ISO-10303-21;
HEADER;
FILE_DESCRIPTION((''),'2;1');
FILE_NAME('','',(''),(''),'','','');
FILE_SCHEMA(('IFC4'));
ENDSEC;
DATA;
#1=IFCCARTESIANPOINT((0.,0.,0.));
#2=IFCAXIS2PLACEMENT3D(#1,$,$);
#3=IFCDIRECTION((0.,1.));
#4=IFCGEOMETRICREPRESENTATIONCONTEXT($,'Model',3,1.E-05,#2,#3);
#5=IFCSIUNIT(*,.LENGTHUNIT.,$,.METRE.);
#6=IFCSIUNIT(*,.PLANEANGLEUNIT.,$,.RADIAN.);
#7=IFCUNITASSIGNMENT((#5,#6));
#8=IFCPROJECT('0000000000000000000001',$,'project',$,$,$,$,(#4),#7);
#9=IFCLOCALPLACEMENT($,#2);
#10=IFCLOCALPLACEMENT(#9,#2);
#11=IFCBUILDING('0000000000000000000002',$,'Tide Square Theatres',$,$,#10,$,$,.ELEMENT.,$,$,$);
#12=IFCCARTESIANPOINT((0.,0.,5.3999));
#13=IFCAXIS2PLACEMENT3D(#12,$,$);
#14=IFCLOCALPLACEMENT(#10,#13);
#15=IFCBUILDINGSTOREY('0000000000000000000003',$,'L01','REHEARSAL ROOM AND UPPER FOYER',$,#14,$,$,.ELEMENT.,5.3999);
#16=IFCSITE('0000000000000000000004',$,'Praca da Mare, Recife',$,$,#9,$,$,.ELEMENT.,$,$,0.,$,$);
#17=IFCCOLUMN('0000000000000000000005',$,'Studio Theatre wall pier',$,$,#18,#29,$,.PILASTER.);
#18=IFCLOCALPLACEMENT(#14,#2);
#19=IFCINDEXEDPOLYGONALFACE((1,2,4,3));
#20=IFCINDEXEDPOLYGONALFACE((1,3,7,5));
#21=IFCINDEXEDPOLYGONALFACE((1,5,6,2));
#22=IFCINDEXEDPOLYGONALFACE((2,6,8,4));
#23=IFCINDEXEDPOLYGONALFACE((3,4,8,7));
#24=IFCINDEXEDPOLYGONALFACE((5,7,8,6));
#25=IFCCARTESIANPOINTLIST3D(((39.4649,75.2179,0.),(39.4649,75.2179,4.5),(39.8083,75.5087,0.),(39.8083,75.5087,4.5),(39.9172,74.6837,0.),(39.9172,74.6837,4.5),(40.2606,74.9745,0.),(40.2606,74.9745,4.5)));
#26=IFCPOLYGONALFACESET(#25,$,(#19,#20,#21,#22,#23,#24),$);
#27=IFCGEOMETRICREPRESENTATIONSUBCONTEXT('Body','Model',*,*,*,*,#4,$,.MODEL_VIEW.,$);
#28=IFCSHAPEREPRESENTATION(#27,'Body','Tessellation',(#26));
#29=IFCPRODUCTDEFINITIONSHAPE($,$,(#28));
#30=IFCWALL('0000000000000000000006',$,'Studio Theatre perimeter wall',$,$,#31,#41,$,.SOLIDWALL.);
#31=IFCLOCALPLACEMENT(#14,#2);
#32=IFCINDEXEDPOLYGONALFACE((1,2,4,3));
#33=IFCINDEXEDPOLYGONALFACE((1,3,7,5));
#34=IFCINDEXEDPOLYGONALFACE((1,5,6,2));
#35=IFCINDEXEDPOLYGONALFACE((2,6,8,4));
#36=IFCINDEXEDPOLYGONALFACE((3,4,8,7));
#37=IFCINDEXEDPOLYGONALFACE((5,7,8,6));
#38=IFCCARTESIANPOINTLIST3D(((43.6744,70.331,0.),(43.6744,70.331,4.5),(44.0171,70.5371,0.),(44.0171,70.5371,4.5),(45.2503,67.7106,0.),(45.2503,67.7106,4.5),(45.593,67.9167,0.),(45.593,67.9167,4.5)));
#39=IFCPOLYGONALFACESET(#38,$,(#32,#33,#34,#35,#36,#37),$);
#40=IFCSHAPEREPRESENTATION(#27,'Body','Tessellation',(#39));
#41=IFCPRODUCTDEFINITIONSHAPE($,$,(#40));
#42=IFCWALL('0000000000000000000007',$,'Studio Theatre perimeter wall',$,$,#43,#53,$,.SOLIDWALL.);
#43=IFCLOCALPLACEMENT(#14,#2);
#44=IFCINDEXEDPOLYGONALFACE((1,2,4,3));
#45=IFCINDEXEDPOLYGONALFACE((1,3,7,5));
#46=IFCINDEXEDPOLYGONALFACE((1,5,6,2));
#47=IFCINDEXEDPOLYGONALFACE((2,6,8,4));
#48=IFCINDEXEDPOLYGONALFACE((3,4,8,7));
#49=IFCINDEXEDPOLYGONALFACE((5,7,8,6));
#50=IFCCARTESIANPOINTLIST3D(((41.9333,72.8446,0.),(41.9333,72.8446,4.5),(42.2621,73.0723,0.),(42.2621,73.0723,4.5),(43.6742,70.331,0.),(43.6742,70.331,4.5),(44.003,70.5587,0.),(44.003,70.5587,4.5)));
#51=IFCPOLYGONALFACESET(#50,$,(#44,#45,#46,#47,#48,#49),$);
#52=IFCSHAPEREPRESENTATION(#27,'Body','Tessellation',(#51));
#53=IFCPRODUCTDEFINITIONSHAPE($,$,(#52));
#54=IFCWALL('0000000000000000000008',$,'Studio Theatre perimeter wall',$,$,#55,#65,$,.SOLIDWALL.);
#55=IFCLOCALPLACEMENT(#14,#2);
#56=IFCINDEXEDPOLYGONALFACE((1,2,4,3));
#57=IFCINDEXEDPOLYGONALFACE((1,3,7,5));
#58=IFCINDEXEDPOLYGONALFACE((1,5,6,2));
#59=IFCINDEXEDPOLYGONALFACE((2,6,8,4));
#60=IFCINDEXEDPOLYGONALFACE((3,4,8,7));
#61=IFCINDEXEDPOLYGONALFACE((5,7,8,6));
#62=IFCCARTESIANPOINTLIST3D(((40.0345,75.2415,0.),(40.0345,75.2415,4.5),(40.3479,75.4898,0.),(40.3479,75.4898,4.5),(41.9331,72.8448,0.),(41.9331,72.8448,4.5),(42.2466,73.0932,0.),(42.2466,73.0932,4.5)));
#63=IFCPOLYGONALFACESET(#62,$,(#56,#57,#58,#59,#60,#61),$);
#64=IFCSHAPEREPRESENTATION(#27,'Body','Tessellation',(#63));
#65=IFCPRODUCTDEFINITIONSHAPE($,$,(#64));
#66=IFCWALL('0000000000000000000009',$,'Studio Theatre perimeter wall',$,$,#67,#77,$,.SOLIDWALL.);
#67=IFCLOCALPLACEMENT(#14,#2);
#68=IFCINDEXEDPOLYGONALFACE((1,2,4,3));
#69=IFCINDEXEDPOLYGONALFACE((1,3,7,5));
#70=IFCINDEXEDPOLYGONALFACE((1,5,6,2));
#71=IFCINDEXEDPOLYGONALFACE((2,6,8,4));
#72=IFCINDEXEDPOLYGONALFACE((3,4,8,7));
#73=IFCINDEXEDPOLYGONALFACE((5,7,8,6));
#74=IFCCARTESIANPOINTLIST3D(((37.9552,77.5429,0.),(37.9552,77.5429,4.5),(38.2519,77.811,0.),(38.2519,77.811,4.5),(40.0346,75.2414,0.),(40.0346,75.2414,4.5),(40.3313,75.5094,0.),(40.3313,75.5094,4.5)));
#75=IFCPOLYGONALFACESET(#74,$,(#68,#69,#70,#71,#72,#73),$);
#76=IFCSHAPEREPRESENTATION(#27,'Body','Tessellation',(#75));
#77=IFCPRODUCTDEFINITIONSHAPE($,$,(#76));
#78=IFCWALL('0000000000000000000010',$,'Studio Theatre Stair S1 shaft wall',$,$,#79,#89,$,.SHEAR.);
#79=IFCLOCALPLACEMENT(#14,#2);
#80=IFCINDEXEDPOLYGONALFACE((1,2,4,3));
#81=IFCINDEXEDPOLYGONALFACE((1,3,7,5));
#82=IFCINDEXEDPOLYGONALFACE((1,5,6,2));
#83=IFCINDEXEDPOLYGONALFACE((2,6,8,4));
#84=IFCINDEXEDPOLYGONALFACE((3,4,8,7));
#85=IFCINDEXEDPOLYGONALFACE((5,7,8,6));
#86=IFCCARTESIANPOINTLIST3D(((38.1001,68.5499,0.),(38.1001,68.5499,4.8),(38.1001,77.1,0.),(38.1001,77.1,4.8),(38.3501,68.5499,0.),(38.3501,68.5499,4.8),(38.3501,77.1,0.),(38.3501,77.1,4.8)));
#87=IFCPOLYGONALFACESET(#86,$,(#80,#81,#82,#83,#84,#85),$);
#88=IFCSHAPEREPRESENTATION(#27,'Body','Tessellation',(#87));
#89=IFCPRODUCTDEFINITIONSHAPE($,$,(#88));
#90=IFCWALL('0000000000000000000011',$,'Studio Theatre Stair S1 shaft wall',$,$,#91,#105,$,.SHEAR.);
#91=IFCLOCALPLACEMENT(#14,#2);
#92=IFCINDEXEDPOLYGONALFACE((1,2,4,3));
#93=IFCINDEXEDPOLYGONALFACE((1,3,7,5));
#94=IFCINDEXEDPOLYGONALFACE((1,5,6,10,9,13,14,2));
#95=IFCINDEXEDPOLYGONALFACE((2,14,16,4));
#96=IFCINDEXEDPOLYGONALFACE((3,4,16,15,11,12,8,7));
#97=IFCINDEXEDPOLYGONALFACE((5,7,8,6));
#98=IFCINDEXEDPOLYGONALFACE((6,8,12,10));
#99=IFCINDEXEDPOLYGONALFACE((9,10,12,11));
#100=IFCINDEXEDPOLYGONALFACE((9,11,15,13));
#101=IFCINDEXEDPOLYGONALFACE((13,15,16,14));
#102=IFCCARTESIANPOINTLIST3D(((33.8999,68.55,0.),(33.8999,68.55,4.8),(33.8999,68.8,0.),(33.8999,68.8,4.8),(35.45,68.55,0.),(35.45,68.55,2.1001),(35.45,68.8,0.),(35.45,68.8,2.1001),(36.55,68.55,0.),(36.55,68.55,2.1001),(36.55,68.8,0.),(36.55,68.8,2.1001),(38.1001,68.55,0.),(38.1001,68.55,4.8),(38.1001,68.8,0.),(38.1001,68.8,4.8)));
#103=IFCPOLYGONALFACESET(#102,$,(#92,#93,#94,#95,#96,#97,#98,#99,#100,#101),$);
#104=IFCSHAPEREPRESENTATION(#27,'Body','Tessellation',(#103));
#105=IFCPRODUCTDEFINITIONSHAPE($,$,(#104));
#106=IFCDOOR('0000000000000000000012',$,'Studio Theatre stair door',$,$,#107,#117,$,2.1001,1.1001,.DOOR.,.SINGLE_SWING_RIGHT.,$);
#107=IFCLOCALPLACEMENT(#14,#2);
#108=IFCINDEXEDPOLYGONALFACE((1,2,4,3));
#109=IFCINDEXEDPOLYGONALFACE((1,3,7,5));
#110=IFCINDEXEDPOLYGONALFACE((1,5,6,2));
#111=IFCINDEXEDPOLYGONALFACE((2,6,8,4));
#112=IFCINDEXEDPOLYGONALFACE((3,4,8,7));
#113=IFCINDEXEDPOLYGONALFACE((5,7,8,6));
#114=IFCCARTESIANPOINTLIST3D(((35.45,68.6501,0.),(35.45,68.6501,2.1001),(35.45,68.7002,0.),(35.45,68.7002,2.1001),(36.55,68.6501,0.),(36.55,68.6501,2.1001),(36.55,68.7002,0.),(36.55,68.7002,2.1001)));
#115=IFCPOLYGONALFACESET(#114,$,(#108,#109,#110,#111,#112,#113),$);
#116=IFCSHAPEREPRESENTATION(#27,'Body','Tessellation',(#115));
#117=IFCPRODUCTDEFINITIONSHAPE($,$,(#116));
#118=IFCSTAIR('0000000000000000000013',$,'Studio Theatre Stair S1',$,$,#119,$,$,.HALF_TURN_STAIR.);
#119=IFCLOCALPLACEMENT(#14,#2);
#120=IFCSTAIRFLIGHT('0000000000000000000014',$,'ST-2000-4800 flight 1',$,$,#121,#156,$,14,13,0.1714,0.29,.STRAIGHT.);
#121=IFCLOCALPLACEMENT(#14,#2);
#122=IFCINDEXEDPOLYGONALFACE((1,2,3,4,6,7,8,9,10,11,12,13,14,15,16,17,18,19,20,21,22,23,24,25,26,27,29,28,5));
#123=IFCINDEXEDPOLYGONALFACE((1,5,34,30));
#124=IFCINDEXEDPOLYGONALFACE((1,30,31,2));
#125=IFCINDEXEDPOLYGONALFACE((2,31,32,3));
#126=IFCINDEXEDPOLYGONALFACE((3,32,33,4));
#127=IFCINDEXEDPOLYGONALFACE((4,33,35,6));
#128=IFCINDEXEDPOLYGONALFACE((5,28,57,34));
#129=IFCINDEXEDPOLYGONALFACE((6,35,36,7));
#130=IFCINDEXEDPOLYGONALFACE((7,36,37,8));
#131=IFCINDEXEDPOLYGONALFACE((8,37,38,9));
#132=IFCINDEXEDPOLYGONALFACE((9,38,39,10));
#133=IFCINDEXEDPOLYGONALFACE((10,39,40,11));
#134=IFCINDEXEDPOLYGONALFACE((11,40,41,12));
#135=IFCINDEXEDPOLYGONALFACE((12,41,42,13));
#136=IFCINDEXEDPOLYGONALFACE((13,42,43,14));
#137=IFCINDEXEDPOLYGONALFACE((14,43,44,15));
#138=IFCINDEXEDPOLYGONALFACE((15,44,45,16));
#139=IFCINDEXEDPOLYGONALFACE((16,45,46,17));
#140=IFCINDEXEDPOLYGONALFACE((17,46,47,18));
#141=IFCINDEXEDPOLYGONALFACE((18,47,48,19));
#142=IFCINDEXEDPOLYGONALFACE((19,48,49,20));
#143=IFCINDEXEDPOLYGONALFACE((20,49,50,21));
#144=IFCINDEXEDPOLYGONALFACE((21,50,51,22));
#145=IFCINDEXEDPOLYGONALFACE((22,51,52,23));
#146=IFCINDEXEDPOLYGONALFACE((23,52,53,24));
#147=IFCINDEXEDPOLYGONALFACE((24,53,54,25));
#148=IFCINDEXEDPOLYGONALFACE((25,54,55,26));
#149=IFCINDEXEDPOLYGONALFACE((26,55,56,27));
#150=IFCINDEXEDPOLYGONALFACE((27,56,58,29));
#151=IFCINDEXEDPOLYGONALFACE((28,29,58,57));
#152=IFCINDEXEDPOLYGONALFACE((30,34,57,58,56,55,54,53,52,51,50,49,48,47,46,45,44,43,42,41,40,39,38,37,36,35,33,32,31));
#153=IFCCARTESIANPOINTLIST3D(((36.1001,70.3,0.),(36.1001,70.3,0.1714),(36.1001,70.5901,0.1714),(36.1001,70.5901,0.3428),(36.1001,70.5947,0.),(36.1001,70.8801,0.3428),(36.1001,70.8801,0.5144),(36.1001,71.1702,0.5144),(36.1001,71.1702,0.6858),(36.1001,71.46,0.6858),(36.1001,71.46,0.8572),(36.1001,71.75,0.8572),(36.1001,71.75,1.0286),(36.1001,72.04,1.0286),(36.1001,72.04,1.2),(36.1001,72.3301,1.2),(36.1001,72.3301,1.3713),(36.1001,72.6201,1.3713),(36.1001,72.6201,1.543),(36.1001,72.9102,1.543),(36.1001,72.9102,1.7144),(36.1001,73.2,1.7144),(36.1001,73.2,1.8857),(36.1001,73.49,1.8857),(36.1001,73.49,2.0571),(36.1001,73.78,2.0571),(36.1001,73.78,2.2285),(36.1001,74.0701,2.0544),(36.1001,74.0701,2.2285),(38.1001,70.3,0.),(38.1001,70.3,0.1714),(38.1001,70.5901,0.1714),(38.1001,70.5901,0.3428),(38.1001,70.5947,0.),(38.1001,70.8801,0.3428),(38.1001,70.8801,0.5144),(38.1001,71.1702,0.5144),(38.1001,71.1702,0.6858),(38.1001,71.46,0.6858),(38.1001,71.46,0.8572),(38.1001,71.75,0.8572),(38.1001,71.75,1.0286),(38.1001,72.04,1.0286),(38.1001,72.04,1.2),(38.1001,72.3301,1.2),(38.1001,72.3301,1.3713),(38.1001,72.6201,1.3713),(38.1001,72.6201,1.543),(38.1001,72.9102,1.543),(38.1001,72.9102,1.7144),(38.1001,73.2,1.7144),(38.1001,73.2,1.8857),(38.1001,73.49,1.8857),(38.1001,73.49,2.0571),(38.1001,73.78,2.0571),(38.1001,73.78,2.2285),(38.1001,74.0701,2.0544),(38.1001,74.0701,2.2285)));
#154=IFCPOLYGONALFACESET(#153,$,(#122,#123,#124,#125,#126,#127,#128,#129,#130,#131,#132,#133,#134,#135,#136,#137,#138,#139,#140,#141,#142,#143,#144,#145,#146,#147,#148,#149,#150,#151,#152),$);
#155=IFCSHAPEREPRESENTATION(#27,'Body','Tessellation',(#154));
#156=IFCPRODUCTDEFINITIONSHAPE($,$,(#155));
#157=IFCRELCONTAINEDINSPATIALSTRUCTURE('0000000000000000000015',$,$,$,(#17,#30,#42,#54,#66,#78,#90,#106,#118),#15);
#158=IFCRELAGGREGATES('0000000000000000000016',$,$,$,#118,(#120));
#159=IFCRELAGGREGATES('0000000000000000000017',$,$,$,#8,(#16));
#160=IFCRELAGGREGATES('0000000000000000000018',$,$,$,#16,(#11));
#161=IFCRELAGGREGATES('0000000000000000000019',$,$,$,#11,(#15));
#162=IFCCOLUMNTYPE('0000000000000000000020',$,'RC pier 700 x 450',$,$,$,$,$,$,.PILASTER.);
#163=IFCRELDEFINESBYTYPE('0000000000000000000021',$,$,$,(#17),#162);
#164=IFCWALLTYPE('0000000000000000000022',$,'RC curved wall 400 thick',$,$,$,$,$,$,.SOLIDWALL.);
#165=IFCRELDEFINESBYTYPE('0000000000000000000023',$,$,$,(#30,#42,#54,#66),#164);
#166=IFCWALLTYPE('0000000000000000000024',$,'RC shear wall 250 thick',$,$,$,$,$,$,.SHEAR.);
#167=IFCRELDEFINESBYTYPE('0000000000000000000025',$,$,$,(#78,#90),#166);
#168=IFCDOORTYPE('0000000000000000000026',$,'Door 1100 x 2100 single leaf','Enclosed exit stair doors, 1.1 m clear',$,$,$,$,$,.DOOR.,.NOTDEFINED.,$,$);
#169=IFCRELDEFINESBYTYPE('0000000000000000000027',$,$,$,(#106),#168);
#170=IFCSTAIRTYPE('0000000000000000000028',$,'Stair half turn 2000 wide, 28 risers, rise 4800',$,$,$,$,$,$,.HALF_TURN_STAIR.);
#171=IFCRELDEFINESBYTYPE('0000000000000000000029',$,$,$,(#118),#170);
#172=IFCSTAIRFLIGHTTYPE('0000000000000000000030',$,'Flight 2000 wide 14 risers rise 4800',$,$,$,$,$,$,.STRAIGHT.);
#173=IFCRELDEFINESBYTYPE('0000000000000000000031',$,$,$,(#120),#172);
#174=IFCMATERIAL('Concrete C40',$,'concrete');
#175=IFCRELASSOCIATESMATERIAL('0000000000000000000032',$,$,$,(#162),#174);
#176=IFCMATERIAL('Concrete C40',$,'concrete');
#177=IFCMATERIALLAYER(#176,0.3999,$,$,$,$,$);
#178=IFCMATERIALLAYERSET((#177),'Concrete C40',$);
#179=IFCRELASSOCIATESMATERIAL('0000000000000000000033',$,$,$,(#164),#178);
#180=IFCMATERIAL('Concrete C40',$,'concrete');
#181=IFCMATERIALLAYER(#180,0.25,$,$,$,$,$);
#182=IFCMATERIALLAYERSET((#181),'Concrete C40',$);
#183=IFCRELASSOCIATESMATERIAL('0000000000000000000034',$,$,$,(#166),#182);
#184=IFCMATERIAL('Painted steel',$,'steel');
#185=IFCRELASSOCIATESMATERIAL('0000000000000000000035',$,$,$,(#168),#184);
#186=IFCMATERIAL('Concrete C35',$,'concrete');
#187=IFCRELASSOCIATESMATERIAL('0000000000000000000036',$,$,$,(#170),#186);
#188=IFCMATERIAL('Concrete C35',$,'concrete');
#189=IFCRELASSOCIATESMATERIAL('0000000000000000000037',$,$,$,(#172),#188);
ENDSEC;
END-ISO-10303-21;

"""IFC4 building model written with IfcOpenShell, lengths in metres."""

from ifc_helpers import new_model, si_unit, direction, frame, frame_2d, origin, origin_2d, place, context, subcontext, project, spatial, polyline, rectangle, outline, extrude, material, layer, layer_set, material_profile, profile_set, type_object, element, fill, aggregate, save


model = new_model("IFC4")

# Units and contexts
model_context = context("Model", 3, precision=1e-05, world=origin(), true_north=direction((0.0, 1.0)))
body_context = subcontext(model_context, "Body", "Model", "MODEL_VIEW")
ifc_project = project(units=[si_unit("LENGTHUNIT", "METRE"), si_unit("PLANEANGLEUNIT", "RADIAN")], contexts=[model_context])

# Site, building, storey
site_placement = place(None, origin())
site = spatial("IfcSite", under=ifc_project, at=site_placement, Name="Praca da Mare, Recife", CompositionType="ELEMENT", RefElevation=0.0)
building_placement = place(site_placement, origin())
building = spatial("IfcBuilding", under=site, at=building_placement, Name="Tide Square Theatres", CompositionType="ELEMENT")
storey_placement = place(building_placement, frame((0.0, 0.0, 5.3999)))
storey = spatial("IfcBuildingStorey", under=building, at=storey_placement, Name="L01", Description="REHEARSAL ROOM AND UPPER FOYER", CompositionType="ELEMENT", Elevation=5.3999)

# Column
ifc_material_1 = material(Name="Concrete C40", Category="concrete")
ifc_material_profile = material_profile(ifc_material_1, rectangle(XDim=0.7, YDim=0.45, at=origin_2d()))
ifc_profile_set = profile_set([ifc_material_profile], Name="Concrete C40")
column_type = type_object("IfcColumnType", Name="RC pier 700 x 450", PredefinedType="PILASTER", material=ifc_profile_set)
column_placement = place(storey_placement, frame((39.8628, 75.0962, 0.0), z_axis=(0.0, 0.0, 1.0), x_axis=(-0.646184, 0.763182, 0.0)))
element("IfcColumn", 1, at=column_placement, inside=storey, type_object=column_type, Name="Studio Theatre wall pier", PredefinedType="PILASTER", context=body_context, shape_type="SweptSolid", body=[
    extrude(rectangle(XDim=0.7, YDim=0.45, at=origin_2d()), origin(), (0.0, 0.0, 1.0), 4.5),
])

# Walls
ifc_material_2 = material(Name="Concrete C40", Category="concrete")
ifc_layer_1 = layer(ifc_material_2, 0.3999)
ifc_layer_set_1 = layer_set([ifc_layer_1], Name="Concrete C40")
wall_type_1 = type_object("IfcWallType", Name="RC curved wall 400 thick", PredefinedType="SOLIDWALL", material=ifc_layer_set_1)
wall_1_placement = place(storey_placement, frame((45.4216, 67.8137, 0.0), z_axis=(0.0, 0.0, 1.0), x_axis=(-0.515388, 0.856957, 0.0)))
element("IfcWall", 2, at=wall_1_placement, inside=storey, type_object=wall_type_1, Name="Studio Theatre perimeter wall", PredefinedType="SOLIDWALL", context=body_context, shape_type="SweptSolid", body=[
    extrude(rectangle(XDim=3.0579, YDim=0.3999, at=frame_2d((1.5288, 0.0))), origin(), (0.0, 0.0, 1.0), 4.5),
])
for number, where, z_axis, x_axis, name in (
    (3, (43.8386, 70.4448, 0.0), (0.0, 0.0, 1.0), (-0.569372, 0.82208, 0.0), "Studio Theatre perimeter wall"),
    (4, (42.0898, 72.969, 0.0), (0.0, 0.0, 1.0), (-0.620959, 0.783843, 0.0), "Studio Theatre perimeter wall"),
):
    element("IfcWall", number, at=place(storey_placement, frame(where, z_axis=z_axis, x_axis=x_axis)), inside=storey, type_object=wall_type_1, Name=name, PredefinedType="SOLIDWALL", context=body_context, shape_type="SweptSolid", body=[
        extrude(rectangle(XDim=3.0576, YDim=0.3999, at=frame_2d((1.5288, 0.0))), origin(), (0.0, 0.0, 1.0), 4.5),
    ])
wall_2_placement = place(storey_placement, frame((40.1829, 75.3755, 0.0), z_axis=(0.0, 0.0, 1.0), x_axis=(-0.670386, 0.742013, 0.0)))
element("IfcWall", 5, at=wall_2_placement, inside=storey, type_object=wall_type_1, Name="Studio Theatre perimeter wall", PredefinedType="SOLIDWALL", context=body_context, shape_type="SweptSolid", body=[
    extrude(rectangle(XDim=3.1018, YDim=0.3999, at=frame_2d((1.5508, 0.0))), origin(), (0.0, 0.0, 1.0), 4.5),
])
ifc_material_3 = material(Name="Concrete C40", Category="concrete")
ifc_layer_2 = layer(ifc_material_3, 0.25)
ifc_layer_set_2 = layer_set([ifc_layer_2], Name="Concrete C40")
wall_type_2 = type_object("IfcWallType", Name="RC shear wall 250 thick", PredefinedType="SHEAR", material=ifc_layer_set_2)
wall_3_placement = place(storey_placement, frame((38.2251, 68.55, 0.0), z_axis=(0.0, 0.0, 1.0), x_axis=(0.0, 1.0, 0.0)))
element("IfcWall", 6, at=wall_3_placement, inside=storey, type_object=wall_type_2, Name="Studio Theatre Stair S1 shaft wall", PredefinedType="SHEAR", context=body_context, shape_type="SweptSolid", body=[
    extrude(rectangle(XDim=8.55, YDim=0.25, at=frame_2d((4.2749, 0.0))), origin(), (0.0, 0.0, 1.0), 4.8),
])

# Wall, opening, door
wall_4_placement = place(storey_placement, frame((38.1001, 68.675, 0.0), z_axis=(0.0, 0.0, 1.0), x_axis=(-1.0, 0.0, 0.0)))
wall_4 = element("IfcWall", 7, at=wall_4_placement, inside=storey, type_object=wall_type_2, Name="Studio Theatre Stair S1 shaft wall", PredefinedType="SHEAR", context=body_context, shape_type="SweptSolid", body=[
    extrude(rectangle(XDim=4.2002, YDim=0.25, at=frame_2d((2.1001, 0.0))), origin(), (0.0, 0.0, 1.0), 4.8),
])
opening_placement = place(wall_4_placement, frame((1.55, 0.0, 0.0)))
opening = element("IfcOpeningElement", 8, at=opening_placement, cuts=wall_4, PredefinedType="OPENING", context=body_context, shape_type="SweptSolid", body=[
    extrude(rectangle(XDim=1.1001, YDim=2.1001, at=frame_2d((0.55, 1.05))), frame((0.0, 0.135, 0.0), z_axis=(0.0, -1.0, 0.0), x_axis=(1.0, 0.0, 0.0)), (0.0, 0.0, 1.0), 0.27),
])
ifc_material_4 = material(Name="Painted steel", Category="steel")
door_type = type_object("IfcDoorType", Name="Door 1100 x 2100 single leaf", Description="Enclosed exit stair doors, 1.1 m clear", OperationType="NOTDEFINED", PredefinedType="DOOR", material=ifc_material_4)
door_placement = place(opening_placement, origin())
door = element("IfcDoor", 9, at=door_placement, inside=storey, type_object=door_type, Name="Studio Theatre stair door", OperationType="SINGLE_SWING_RIGHT", OverallHeight=2.1001, OverallWidth=1.1001, PredefinedType="DOOR", context=body_context, shape_type="SweptSolid", body=[
    extrude(rectangle(XDim=1.1001, YDim=2.1001, at=frame_2d((0.55, 1.05))), frame((0.0, 0.0249, 0.0), z_axis=(0.0, -1.0, 0.0), x_axis=(1.0, 0.0, 0.0)), (0.0, 0.0, 1.0), 0.05),
])
fill(opening, door)

# Stair, stair flight
ifc_material_5 = material(Name="Concrete C35", Category="concrete")
stair_type = type_object("IfcStairType", Name="Stair half turn 2000 wide, 28 risers, rise 4800", PredefinedType="HALF_TURN_STAIR", material=ifc_material_5)
stair_placement = place(storey_placement, origin())
stair = element("IfcStair", 10, at=stair_placement, inside=storey, type_object=stair_type, Name="Studio Theatre Stair S1", PredefinedType="HALF_TURN_STAIR")
ifc_material_6 = material(Name="Concrete C35", Category="concrete")
stair_flight_type = type_object("IfcStairFlightType", Name="Flight 2000 wide 14 risers rise 4800", PredefinedType="STRAIGHT", material=ifc_material_6)
stair_flight_1_placement = place(storey_placement, frame((37.1001, 70.3, 0.0), z_axis=(0.0, 0.0, 1.0), x_axis=(0.0, 1.0, 0.0)))
stair_flight_1 = element("IfcStairFlight", 11, at=stair_flight_1_placement, type_object=stair_flight_type, Name="ST-2000-4800 flight 1", NumberOfRisers=14, NumberOfTreads=13, PredefinedType="STRAIGHT", RiserHeight=0.1714, TreadLength=0.29, context=body_context, shape_type="SweptSolid", body=[
    extrude(outline(polyline([(0.0, 0.0), (0.0, 0.1714), (0.29, 0.1714), (0.29, 0.3428), (0.5801, 0.3428), (0.5801, 0.5144), (0.8701, 0.5144), (0.8701, 0.6858), (1.1599, 0.6858), (1.1599, 0.8572), (1.45, 0.8572), (1.45, 1.0286), (1.74, 1.0286), (1.74, 1.2), (2.03, 1.2), (2.03, 1.3713), (2.3201, 1.3713), (2.3201, 1.543), (2.6101, 1.543), (2.6101, 1.7144), (2.8999, 1.7144), (2.8999, 1.8857), (3.1899, 1.8857), (3.1899, 2.0571), (3.48, 2.0571), (3.48, 2.2285), (3.77, 2.2285), (3.77, 2.3999), (3.77, 2.0544), (0.2947, 0.0), (0.0, 0.0)])), frame((0.0, 1.0, 0.0), z_axis=(0.0, -1.0, 0.0), x_axis=(1.0, 0.0, 0.0)), (0.0, 0.0, 1.0), 2.0),
])
aggregate(stair, [stair_flight_1])

save(model, "model.ifc")
